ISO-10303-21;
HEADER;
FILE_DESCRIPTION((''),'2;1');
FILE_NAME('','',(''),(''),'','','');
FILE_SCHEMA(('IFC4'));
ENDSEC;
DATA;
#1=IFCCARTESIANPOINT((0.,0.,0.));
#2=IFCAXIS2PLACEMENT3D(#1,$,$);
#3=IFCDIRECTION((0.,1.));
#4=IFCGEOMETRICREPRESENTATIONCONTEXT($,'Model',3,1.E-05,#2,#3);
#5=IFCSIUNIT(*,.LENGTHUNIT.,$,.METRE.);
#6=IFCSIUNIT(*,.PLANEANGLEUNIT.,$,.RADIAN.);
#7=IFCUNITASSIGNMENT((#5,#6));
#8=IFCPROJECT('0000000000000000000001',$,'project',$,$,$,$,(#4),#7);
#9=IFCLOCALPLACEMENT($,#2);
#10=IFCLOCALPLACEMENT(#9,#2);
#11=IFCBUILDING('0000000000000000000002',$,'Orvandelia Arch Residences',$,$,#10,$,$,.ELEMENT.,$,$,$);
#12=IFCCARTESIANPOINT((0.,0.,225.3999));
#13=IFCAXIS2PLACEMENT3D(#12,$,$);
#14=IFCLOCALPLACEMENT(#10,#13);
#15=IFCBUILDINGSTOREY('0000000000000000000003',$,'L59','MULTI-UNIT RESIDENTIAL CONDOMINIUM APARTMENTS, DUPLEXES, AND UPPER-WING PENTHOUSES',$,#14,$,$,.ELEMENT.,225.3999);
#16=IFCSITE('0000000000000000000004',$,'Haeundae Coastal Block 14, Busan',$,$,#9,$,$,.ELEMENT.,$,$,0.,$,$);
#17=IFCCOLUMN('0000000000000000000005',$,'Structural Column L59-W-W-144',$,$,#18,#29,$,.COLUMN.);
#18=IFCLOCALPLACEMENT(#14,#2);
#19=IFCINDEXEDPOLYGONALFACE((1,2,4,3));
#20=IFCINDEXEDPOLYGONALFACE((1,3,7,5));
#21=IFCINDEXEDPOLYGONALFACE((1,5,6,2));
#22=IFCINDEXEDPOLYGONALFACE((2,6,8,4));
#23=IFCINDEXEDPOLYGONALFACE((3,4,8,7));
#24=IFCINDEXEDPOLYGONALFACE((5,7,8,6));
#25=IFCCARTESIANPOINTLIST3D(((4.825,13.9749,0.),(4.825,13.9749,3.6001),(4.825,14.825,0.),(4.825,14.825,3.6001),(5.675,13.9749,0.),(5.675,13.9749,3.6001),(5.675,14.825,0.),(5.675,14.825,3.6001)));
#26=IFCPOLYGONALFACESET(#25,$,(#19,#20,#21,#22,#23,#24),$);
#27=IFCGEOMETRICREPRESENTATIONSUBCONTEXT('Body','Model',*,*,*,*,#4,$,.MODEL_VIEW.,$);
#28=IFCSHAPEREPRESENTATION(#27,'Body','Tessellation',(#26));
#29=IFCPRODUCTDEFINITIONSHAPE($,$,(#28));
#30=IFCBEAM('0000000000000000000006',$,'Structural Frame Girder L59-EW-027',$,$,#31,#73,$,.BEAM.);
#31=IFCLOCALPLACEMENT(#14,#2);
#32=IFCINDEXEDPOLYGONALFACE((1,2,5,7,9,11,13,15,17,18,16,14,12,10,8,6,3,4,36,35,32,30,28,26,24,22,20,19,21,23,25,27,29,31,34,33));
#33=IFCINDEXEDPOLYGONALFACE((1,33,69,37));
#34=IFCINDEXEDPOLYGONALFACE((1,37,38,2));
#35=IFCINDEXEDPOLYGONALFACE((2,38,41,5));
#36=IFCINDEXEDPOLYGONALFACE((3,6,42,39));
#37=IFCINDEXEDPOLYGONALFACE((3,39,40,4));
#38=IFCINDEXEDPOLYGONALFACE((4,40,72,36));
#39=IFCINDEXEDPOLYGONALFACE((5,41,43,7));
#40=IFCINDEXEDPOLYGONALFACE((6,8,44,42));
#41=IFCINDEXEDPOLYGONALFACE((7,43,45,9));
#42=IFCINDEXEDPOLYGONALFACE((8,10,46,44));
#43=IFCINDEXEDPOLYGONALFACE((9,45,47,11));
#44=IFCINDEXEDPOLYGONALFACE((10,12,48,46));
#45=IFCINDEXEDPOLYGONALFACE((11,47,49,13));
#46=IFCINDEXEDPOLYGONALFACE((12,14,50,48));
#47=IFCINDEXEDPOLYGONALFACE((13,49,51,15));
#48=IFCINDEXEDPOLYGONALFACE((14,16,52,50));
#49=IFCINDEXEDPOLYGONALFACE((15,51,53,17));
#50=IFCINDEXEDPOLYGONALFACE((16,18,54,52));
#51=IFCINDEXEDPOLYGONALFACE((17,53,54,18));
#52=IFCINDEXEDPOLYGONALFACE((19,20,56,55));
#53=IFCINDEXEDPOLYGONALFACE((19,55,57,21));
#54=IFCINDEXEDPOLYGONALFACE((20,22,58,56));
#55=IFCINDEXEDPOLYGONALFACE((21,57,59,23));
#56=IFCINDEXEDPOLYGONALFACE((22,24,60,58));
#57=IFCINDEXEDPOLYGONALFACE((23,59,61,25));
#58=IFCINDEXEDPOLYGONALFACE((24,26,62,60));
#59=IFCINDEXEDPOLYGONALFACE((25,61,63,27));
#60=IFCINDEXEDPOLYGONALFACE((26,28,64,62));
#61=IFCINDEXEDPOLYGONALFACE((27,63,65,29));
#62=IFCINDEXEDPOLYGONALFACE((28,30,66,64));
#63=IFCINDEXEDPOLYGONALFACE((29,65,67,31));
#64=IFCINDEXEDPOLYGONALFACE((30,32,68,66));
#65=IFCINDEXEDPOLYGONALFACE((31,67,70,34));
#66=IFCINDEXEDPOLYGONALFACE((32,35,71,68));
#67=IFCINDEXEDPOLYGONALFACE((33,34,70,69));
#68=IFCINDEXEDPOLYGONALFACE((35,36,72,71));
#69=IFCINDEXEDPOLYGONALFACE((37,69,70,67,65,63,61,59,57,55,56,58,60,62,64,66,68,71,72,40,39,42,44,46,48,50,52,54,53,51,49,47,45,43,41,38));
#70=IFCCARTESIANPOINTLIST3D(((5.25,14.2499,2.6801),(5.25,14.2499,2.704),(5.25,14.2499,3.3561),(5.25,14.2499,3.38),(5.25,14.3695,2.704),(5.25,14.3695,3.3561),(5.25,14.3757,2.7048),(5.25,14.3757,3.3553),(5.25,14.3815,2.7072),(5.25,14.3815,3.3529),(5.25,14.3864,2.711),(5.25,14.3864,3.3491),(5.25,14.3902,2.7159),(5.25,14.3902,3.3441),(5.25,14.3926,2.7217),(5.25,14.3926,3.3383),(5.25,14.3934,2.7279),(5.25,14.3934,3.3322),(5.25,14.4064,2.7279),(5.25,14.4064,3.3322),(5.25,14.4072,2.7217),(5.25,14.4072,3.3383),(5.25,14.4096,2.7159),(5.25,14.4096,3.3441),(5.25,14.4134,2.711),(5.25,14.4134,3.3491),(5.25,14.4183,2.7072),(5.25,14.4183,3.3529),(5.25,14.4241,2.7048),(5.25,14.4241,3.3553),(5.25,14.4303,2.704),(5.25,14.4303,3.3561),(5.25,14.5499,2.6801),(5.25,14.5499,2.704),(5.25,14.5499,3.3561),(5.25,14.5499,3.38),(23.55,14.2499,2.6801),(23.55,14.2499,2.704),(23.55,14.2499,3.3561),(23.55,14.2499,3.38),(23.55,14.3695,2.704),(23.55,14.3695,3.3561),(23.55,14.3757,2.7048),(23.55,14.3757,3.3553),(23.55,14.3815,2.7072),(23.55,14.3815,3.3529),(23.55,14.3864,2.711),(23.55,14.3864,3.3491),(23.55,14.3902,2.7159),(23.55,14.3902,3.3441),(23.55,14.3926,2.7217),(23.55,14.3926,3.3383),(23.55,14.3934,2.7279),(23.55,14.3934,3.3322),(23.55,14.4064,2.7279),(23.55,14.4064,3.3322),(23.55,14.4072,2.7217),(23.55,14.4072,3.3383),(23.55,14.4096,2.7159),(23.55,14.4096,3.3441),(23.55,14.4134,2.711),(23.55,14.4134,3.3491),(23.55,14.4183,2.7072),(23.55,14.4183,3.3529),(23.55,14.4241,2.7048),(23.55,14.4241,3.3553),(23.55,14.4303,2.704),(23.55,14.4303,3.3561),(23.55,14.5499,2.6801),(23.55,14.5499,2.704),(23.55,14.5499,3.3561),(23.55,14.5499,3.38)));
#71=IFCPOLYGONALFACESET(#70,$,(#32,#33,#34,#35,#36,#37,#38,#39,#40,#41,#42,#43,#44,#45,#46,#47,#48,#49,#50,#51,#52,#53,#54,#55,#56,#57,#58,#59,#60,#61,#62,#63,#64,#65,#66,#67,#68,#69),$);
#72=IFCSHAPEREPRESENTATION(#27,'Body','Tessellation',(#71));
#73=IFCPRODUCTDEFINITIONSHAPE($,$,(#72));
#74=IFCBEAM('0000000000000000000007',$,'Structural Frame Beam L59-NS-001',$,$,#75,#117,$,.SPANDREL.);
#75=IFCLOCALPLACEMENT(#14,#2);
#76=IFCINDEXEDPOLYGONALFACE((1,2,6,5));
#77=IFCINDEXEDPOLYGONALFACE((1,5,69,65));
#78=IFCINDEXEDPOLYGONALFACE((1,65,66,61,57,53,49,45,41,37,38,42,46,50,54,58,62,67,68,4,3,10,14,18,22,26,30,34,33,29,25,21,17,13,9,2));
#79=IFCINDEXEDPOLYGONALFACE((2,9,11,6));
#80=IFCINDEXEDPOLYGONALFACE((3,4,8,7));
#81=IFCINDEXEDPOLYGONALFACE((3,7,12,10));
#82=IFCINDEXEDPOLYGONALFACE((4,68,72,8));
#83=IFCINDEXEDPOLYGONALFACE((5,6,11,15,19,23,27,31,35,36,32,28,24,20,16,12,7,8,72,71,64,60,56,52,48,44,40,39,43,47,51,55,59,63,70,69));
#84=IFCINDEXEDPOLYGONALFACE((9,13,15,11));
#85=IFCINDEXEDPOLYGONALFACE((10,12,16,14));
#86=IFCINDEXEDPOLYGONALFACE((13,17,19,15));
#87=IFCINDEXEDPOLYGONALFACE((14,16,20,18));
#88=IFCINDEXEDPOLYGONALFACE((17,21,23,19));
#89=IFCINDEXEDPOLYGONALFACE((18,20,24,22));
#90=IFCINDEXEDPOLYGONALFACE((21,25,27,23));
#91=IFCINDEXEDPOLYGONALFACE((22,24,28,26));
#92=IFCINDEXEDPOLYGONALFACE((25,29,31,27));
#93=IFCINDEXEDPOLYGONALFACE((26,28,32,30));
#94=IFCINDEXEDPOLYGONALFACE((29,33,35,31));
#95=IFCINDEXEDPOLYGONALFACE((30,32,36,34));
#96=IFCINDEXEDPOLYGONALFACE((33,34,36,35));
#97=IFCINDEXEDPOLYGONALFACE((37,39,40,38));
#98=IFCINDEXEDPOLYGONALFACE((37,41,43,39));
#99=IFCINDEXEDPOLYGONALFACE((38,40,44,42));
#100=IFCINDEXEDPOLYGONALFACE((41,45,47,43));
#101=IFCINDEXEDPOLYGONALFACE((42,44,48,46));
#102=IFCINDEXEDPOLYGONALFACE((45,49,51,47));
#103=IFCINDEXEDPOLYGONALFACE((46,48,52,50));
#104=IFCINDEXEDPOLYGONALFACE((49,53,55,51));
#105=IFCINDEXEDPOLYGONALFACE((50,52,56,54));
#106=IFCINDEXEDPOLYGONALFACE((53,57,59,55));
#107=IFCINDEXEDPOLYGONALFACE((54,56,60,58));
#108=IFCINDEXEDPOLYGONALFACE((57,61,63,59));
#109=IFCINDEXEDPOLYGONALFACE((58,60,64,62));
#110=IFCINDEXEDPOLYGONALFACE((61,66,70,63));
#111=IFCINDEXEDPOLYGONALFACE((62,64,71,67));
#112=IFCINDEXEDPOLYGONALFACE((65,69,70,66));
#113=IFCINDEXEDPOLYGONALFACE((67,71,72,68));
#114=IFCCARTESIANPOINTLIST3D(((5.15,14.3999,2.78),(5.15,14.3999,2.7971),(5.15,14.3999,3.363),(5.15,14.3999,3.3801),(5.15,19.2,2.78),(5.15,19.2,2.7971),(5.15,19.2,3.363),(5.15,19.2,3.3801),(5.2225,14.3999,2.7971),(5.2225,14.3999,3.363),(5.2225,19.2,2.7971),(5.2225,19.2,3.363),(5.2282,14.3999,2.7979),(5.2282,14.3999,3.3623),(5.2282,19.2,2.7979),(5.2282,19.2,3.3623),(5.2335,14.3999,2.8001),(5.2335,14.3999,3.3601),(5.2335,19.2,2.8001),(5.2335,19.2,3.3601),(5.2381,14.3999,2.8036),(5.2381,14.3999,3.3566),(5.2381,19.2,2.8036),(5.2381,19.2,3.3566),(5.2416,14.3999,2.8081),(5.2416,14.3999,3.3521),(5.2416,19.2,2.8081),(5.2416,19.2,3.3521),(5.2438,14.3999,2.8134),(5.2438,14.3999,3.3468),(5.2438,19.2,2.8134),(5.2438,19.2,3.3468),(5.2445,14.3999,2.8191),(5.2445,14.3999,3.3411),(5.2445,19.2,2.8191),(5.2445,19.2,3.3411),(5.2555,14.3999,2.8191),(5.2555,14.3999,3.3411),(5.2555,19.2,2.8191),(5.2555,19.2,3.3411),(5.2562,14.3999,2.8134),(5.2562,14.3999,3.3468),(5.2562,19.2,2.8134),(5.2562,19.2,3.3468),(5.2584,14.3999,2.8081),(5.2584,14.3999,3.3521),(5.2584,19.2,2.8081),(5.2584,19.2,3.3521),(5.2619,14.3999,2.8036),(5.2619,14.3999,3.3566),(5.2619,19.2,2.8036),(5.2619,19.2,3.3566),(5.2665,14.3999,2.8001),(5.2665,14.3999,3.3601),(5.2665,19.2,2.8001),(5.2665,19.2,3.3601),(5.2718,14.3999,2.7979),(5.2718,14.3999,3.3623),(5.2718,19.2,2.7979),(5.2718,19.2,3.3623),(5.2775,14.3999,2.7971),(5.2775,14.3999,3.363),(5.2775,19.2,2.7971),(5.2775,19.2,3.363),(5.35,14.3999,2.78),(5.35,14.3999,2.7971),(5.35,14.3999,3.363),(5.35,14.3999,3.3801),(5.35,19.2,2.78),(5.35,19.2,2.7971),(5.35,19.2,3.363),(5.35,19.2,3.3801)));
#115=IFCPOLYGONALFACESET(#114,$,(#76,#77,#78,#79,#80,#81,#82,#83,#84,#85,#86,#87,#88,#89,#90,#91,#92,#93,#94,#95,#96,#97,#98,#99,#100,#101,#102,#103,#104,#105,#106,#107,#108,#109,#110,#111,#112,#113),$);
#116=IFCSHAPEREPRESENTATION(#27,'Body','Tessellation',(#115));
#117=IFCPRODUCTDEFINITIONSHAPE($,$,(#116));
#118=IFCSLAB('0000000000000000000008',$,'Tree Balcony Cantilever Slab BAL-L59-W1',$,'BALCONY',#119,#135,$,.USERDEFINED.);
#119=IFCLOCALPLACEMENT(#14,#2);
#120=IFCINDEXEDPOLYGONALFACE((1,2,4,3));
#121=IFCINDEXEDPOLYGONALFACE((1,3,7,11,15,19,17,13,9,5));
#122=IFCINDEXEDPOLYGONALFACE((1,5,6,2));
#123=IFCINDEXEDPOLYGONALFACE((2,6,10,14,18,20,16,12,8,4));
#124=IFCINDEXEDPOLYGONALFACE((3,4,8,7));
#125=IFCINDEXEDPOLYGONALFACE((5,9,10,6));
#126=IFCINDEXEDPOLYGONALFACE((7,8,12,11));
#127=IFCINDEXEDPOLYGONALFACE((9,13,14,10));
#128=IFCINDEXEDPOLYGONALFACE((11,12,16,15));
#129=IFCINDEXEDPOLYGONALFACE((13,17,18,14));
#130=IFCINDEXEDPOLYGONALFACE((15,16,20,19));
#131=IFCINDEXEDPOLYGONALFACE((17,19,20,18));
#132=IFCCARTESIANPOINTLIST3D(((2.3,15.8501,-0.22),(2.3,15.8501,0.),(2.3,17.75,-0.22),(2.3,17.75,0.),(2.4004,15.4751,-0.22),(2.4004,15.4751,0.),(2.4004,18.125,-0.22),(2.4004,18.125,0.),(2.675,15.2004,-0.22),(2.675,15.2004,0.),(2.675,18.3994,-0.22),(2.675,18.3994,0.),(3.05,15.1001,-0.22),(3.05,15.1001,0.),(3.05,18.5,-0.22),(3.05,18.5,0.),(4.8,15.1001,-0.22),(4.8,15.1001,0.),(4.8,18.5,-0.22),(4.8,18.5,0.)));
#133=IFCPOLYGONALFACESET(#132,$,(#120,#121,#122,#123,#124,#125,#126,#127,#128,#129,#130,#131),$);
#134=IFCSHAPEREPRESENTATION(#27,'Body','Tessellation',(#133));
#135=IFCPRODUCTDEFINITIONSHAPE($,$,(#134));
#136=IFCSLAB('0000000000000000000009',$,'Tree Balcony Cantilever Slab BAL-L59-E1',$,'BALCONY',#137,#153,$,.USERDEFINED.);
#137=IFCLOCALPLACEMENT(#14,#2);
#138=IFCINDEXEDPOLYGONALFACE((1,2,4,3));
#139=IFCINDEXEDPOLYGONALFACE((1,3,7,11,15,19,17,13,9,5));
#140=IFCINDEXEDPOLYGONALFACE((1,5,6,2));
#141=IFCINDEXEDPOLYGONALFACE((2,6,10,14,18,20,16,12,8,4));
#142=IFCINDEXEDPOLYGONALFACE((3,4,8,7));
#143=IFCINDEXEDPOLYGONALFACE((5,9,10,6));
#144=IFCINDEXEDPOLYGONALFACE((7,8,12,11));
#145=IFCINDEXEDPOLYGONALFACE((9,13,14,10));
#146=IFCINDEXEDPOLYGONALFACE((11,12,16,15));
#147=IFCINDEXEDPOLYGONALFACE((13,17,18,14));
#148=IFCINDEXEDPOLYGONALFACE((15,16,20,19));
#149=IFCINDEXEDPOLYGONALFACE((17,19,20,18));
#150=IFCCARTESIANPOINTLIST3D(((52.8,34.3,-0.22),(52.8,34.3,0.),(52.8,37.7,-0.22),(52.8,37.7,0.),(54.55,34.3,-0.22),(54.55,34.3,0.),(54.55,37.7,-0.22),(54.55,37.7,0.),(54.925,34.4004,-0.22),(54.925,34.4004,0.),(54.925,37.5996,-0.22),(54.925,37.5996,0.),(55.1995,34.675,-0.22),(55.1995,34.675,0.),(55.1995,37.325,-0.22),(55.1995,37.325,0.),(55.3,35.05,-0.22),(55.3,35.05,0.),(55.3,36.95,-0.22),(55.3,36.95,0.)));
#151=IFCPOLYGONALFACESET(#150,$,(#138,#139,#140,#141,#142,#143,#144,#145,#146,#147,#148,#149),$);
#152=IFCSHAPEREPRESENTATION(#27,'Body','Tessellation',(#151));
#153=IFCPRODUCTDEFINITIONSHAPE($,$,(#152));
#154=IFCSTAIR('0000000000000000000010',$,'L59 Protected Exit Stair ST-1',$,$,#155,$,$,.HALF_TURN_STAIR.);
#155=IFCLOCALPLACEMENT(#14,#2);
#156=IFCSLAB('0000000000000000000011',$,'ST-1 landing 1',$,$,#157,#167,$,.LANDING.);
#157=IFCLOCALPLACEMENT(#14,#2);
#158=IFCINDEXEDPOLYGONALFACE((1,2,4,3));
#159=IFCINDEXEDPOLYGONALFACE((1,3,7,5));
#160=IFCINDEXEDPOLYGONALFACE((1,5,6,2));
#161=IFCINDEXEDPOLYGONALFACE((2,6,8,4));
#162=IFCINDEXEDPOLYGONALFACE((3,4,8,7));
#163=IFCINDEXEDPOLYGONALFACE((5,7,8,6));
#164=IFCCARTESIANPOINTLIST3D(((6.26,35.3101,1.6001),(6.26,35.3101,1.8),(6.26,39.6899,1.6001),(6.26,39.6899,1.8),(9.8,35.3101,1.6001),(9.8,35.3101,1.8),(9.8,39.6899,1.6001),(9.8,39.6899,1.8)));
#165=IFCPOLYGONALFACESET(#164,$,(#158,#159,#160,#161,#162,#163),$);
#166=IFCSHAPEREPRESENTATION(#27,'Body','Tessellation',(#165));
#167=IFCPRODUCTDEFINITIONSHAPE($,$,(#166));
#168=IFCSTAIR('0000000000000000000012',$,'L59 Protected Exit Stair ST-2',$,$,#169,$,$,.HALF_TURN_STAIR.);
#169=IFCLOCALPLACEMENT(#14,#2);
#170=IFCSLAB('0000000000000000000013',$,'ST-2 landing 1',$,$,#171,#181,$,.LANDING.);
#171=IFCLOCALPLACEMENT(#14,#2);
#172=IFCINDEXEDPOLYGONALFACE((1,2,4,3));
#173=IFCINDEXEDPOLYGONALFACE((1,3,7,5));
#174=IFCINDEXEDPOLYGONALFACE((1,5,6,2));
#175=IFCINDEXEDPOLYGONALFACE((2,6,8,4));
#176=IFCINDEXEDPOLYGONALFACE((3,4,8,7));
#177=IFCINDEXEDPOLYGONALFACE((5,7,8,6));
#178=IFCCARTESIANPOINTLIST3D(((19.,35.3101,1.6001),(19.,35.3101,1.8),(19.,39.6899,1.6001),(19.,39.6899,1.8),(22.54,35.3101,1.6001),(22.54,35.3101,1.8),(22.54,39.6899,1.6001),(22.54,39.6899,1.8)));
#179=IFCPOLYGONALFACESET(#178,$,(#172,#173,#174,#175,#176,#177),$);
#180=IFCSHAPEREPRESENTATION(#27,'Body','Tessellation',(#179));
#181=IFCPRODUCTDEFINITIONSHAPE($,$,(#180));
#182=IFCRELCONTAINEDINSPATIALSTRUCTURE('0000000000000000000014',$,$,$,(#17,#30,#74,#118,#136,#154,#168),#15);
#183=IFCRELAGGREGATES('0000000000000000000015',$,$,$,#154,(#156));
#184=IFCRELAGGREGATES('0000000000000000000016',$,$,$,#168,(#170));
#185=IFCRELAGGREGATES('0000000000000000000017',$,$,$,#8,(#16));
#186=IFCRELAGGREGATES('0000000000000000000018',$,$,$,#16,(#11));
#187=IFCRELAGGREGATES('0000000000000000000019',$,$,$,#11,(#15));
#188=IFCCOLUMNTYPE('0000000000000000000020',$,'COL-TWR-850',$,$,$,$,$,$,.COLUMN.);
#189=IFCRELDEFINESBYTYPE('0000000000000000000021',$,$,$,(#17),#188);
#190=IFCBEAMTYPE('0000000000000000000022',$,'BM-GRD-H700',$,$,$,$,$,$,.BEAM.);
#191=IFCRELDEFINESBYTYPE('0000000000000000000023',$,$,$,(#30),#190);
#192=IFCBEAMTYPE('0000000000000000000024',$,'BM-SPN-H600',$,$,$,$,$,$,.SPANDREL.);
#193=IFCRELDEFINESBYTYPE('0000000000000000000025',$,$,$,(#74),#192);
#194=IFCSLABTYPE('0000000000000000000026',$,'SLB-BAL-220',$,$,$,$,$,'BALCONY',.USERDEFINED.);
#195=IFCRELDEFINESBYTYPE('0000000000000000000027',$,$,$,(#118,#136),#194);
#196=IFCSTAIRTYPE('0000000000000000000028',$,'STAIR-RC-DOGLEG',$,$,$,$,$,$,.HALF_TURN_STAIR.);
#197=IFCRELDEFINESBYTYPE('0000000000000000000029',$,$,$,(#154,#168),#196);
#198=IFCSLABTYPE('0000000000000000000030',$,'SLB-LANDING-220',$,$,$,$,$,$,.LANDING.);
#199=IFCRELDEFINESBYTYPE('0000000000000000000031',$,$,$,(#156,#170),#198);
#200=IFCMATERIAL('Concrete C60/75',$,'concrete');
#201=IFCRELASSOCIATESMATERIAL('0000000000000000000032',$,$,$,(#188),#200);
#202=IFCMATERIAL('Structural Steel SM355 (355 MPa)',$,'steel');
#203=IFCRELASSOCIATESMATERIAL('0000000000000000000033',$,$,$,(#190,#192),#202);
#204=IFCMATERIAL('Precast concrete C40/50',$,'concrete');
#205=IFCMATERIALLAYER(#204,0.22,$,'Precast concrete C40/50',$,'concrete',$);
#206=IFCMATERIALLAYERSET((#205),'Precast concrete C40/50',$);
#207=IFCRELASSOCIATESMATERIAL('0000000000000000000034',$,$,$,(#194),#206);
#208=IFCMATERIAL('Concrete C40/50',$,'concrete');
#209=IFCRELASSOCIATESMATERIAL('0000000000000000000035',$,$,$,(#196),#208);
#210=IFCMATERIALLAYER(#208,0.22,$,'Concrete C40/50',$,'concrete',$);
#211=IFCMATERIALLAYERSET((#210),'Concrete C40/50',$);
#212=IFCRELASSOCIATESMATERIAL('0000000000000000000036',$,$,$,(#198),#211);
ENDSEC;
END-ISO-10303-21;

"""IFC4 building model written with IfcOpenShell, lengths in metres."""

from ifc_helpers import new_model, si_unit, direction, frame, origin, origin_2d, place, context, subcontext, project, spatial, polyline, rectangle, i_section, outline, extrude, material, layer, layer_set, material_profile, profile_set, type_object, element, aggregate, save


model = new_model("IFC4")

# Units and contexts
model_context = context("Model", 3, precision=1e-05, world=origin(), true_north=direction((0.0, 1.0)))
body_context = subcontext(model_context, "Body", "Model", "MODEL_VIEW")
ifc_project = project(units=[si_unit("LENGTHUNIT", "METRE"), si_unit("PLANEANGLEUNIT", "RADIAN")], contexts=[model_context])

# Site, building, storey
site_placement = place(None, origin())
site = spatial("IfcSite", under=ifc_project, at=site_placement, Name="Haeundae Coastal Block 14, Busan", CompositionType="ELEMENT", RefElevation=0.0)
building_placement = place(site_placement, origin())
building = spatial("IfcBuilding", under=site, at=building_placement, Name="Orvandelia Arch Residences", CompositionType="ELEMENT")
storey_placement = place(building_placement, frame((0.0, 0.0, 225.3999)))
storey = spatial("IfcBuildingStorey", under=building, at=storey_placement, Name="L59", Description="MULTI-UNIT RESIDENTIAL CONDOMINIUM APARTMENTS, DUPLEXES, AND UPPER-WING PENTHOUSES", CompositionType="ELEMENT", Elevation=225.3999)

# Column
ifc_material_1 = material(Name="Concrete C60/75", Category="concrete")
ifc_material_profile_1 = material_profile(ifc_material_1, rectangle(XDim=0.8501, YDim=0.8501, at=origin_2d()), Name="Concrete C60/75", Category="concrete")
ifc_profile_set_1 = profile_set([ifc_material_profile_1], Name="Concrete C60/75")
column_type = type_object("IfcColumnType", Name="COL-TWR-850", PredefinedType="COLUMN", material=ifc_profile_set_1)
column_placement = place(storey_placement, frame((5.25, 14.3999, 0.0), z_axis=(0.0, 0.0, 1.0), x_axis=(1.0, 0.0, 0.0)))
element("IfcColumn", 1, at=column_placement, inside=storey, type_object=column_type, Name="Structural Column L59-W-W-144", PredefinedType="COLUMN", context=body_context, shape_type="SweptSolid", body=[
    extrude(rectangle(XDim=0.8501, YDim=0.8501, at=origin_2d()), origin(), (0.0, 0.0, 1.0), 3.6001),
])

# Beams
ifc_material_2 = material(Name="Structural Steel SM355 (355 MPa)", Category="steel")
ifc_material_profile_2 = material_profile(ifc_material_2, i_section(OverallWidth=0.3, OverallDepth=0.7, WebThickness=0.0129, FlangeThickness=0.0239, FilletRadius=0.0239, at=origin_2d()), Name="Structural Steel SM355 (355 MPa)", Category="steel")
ifc_profile_set_2 = profile_set([ifc_material_profile_2], Name="Structural Steel SM355 (355 MPa)")
beam_type_1 = type_object("IfcBeamType", Name="BM-GRD-H700", PredefinedType="BEAM", material=ifc_profile_set_2)
beam_1_placement = place(storey_placement, frame((5.25, 14.3999, 3.03), z_axis=(1.0, 0.0, 0.0), x_axis=(0.0, 1.0, 0.0)))
element("IfcBeam", 2, at=beam_1_placement, inside=storey, type_object=beam_type_1, Name="Structural Frame Girder L59-EW-027", PredefinedType="BEAM", context=body_context, shape_type="SweptSolid", body=[
    extrude(i_section(OverallWidth=0.3, OverallDepth=0.7, WebThickness=0.0129, FlangeThickness=0.0239, FilletRadius=0.0239, at=origin_2d()), origin(), (0.0, 0.0, 1.0), 18.3),
])
ifc_material_profile_3 = material_profile(ifc_material_2, i_section(OverallWidth=0.2, OverallDepth=0.6001, WebThickness=0.011, FlangeThickness=0.0171, FilletRadius=0.022, at=origin_2d()), Name="Structural Steel SM355 (355 MPa)", Category="steel")
ifc_profile_set_3 = profile_set([ifc_material_profile_3], Name="Structural Steel SM355 (355 MPa)")
beam_type_2 = type_object("IfcBeamType", Name="BM-SPN-H600", PredefinedType="SPANDREL", material=ifc_profile_set_3)
beam_2_placement = place(storey_placement, frame((5.25, 14.3999, 3.0801), z_axis=(0.0, 1.0, 0.0), x_axis=(-1.0, 0.0, 0.0)))
element("IfcBeam", 3, at=beam_2_placement, inside=storey, type_object=beam_type_2, Name="Structural Frame Beam L59-NS-001", PredefinedType="SPANDREL", context=body_context, shape_type="SweptSolid", body=[
    extrude(i_section(OverallWidth=0.2, OverallDepth=0.6001, WebThickness=0.011, FlangeThickness=0.0171, FilletRadius=0.022, at=origin_2d()), origin(), (0.0, 0.0, 1.0), 4.8),
])

# Slabs
ifc_material_3 = material(Name="Precast concrete C40/50", Category="concrete")
ifc_layer_1 = layer(ifc_material_3, 0.22, Name="Precast concrete C40/50", Category="concrete")
ifc_layer_set_1 = layer_set([ifc_layer_1], Name="Precast concrete C40/50")
slab_type_1 = type_object("IfcSlabType", Name="SLB-BAL-220", ElementType="BALCONY", PredefinedType="USERDEFINED", material=ifc_layer_set_1)
slab_1_placement = place(storey_placement, frame((0.0, 0.0, -0.22)))
element("IfcSlab", 4, at=slab_1_placement, inside=storey, type_object=slab_type_1, Name="Tree Balcony Cantilever Slab BAL-L59-W1", ObjectType="BALCONY", PredefinedType="USERDEFINED", context=body_context, shape_type="SweptSolid", body=[
    extrude(outline(polyline([(4.8, 15.1001), (4.8, 18.5), (3.05, 18.5), (2.675, 18.3994), (2.4004, 18.125), (2.3, 17.75), (2.3, 15.8501), (2.4004, 15.4751), (2.675, 15.2004), (3.05, 15.1001), (4.8, 15.1001)])), origin(), (0.0, 0.0, 1.0), 0.22),
])
slab_2_placement = place(storey_placement, frame((0.0, 0.0, -0.22)))
element("IfcSlab", 5, at=slab_2_placement, inside=storey, type_object=slab_type_1, Name="Tree Balcony Cantilever Slab BAL-L59-E1", ObjectType="BALCONY", PredefinedType="USERDEFINED", context=body_context, shape_type="SweptSolid", body=[
    extrude(outline(polyline([(52.8, 37.7), (52.8, 34.3), (54.55, 34.3), (54.925, 34.4004), (55.1995, 34.675), (55.3, 35.05), (55.3, 36.95), (55.1995, 37.325), (54.925, 37.5996), (54.55, 37.7), (52.8, 37.7)])), origin(), (0.0, 0.0, 1.0), 0.22),
])

# Stairs, slabs
ifc_material_4 = material(Name="Concrete C40/50", Category="concrete")
stair_type = type_object("IfcStairType", Name="STAIR-RC-DOGLEG", PredefinedType="HALF_TURN_STAIR", material=ifc_material_4)
stair_1_placement = place(storey_placement, origin())
stair_1 = element("IfcStair", 6, at=stair_1_placement, inside=storey, type_object=stair_type, Name="L59 Protected Exit Stair ST-1", PredefinedType="HALF_TURN_STAIR")
ifc_layer_2 = layer(ifc_material_4, 0.22, Name="Concrete C40/50", Category="concrete")
ifc_layer_set_2 = layer_set([ifc_layer_2], Name="Concrete C40/50")
slab_type_2 = type_object("IfcSlabType", Name="SLB-LANDING-220", PredefinedType="LANDING", material=ifc_layer_set_2)
slab_3_placement = place(storey_placement, frame((0.0, 0.0, 1.6001)))
slab_3 = element("IfcSlab", 7, at=slab_3_placement, type_object=slab_type_2, Name="ST-1 landing 1", PredefinedType="LANDING", context=body_context, shape_type="SweptSolid", body=[
    extrude(outline(polyline([(9.8, 35.3101), (9.8, 39.6899), (6.26, 39.6899), (6.26, 35.3101), (9.8, 35.3101)])), origin(), (0.0, 0.0, 1.0), 0.2),
])
aggregate(stair_1, [slab_3])
stair_2_placement = place(storey_placement, origin())
stair_2 = element("IfcStair", 8, at=stair_2_placement, inside=storey, type_object=stair_type, Name="L59 Protected Exit Stair ST-2", PredefinedType="HALF_TURN_STAIR")
slab_4_placement = place(storey_placement, frame((0.0, 0.0, 1.6001)))
slab_4 = element("IfcSlab", 9, at=slab_4_placement, type_object=slab_type_2, Name="ST-2 landing 1", PredefinedType="LANDING", context=body_context, shape_type="SweptSolid", body=[
    extrude(outline(polyline([(22.54, 35.3101), (22.54, 39.6899), (19.0, 39.6899), (19.0, 35.3101), (22.54, 35.3101)])), origin(), (0.0, 0.0, 1.0), 0.2),
])
aggregate(stair_2, [slab_4])

save(model, "model.ifc")
